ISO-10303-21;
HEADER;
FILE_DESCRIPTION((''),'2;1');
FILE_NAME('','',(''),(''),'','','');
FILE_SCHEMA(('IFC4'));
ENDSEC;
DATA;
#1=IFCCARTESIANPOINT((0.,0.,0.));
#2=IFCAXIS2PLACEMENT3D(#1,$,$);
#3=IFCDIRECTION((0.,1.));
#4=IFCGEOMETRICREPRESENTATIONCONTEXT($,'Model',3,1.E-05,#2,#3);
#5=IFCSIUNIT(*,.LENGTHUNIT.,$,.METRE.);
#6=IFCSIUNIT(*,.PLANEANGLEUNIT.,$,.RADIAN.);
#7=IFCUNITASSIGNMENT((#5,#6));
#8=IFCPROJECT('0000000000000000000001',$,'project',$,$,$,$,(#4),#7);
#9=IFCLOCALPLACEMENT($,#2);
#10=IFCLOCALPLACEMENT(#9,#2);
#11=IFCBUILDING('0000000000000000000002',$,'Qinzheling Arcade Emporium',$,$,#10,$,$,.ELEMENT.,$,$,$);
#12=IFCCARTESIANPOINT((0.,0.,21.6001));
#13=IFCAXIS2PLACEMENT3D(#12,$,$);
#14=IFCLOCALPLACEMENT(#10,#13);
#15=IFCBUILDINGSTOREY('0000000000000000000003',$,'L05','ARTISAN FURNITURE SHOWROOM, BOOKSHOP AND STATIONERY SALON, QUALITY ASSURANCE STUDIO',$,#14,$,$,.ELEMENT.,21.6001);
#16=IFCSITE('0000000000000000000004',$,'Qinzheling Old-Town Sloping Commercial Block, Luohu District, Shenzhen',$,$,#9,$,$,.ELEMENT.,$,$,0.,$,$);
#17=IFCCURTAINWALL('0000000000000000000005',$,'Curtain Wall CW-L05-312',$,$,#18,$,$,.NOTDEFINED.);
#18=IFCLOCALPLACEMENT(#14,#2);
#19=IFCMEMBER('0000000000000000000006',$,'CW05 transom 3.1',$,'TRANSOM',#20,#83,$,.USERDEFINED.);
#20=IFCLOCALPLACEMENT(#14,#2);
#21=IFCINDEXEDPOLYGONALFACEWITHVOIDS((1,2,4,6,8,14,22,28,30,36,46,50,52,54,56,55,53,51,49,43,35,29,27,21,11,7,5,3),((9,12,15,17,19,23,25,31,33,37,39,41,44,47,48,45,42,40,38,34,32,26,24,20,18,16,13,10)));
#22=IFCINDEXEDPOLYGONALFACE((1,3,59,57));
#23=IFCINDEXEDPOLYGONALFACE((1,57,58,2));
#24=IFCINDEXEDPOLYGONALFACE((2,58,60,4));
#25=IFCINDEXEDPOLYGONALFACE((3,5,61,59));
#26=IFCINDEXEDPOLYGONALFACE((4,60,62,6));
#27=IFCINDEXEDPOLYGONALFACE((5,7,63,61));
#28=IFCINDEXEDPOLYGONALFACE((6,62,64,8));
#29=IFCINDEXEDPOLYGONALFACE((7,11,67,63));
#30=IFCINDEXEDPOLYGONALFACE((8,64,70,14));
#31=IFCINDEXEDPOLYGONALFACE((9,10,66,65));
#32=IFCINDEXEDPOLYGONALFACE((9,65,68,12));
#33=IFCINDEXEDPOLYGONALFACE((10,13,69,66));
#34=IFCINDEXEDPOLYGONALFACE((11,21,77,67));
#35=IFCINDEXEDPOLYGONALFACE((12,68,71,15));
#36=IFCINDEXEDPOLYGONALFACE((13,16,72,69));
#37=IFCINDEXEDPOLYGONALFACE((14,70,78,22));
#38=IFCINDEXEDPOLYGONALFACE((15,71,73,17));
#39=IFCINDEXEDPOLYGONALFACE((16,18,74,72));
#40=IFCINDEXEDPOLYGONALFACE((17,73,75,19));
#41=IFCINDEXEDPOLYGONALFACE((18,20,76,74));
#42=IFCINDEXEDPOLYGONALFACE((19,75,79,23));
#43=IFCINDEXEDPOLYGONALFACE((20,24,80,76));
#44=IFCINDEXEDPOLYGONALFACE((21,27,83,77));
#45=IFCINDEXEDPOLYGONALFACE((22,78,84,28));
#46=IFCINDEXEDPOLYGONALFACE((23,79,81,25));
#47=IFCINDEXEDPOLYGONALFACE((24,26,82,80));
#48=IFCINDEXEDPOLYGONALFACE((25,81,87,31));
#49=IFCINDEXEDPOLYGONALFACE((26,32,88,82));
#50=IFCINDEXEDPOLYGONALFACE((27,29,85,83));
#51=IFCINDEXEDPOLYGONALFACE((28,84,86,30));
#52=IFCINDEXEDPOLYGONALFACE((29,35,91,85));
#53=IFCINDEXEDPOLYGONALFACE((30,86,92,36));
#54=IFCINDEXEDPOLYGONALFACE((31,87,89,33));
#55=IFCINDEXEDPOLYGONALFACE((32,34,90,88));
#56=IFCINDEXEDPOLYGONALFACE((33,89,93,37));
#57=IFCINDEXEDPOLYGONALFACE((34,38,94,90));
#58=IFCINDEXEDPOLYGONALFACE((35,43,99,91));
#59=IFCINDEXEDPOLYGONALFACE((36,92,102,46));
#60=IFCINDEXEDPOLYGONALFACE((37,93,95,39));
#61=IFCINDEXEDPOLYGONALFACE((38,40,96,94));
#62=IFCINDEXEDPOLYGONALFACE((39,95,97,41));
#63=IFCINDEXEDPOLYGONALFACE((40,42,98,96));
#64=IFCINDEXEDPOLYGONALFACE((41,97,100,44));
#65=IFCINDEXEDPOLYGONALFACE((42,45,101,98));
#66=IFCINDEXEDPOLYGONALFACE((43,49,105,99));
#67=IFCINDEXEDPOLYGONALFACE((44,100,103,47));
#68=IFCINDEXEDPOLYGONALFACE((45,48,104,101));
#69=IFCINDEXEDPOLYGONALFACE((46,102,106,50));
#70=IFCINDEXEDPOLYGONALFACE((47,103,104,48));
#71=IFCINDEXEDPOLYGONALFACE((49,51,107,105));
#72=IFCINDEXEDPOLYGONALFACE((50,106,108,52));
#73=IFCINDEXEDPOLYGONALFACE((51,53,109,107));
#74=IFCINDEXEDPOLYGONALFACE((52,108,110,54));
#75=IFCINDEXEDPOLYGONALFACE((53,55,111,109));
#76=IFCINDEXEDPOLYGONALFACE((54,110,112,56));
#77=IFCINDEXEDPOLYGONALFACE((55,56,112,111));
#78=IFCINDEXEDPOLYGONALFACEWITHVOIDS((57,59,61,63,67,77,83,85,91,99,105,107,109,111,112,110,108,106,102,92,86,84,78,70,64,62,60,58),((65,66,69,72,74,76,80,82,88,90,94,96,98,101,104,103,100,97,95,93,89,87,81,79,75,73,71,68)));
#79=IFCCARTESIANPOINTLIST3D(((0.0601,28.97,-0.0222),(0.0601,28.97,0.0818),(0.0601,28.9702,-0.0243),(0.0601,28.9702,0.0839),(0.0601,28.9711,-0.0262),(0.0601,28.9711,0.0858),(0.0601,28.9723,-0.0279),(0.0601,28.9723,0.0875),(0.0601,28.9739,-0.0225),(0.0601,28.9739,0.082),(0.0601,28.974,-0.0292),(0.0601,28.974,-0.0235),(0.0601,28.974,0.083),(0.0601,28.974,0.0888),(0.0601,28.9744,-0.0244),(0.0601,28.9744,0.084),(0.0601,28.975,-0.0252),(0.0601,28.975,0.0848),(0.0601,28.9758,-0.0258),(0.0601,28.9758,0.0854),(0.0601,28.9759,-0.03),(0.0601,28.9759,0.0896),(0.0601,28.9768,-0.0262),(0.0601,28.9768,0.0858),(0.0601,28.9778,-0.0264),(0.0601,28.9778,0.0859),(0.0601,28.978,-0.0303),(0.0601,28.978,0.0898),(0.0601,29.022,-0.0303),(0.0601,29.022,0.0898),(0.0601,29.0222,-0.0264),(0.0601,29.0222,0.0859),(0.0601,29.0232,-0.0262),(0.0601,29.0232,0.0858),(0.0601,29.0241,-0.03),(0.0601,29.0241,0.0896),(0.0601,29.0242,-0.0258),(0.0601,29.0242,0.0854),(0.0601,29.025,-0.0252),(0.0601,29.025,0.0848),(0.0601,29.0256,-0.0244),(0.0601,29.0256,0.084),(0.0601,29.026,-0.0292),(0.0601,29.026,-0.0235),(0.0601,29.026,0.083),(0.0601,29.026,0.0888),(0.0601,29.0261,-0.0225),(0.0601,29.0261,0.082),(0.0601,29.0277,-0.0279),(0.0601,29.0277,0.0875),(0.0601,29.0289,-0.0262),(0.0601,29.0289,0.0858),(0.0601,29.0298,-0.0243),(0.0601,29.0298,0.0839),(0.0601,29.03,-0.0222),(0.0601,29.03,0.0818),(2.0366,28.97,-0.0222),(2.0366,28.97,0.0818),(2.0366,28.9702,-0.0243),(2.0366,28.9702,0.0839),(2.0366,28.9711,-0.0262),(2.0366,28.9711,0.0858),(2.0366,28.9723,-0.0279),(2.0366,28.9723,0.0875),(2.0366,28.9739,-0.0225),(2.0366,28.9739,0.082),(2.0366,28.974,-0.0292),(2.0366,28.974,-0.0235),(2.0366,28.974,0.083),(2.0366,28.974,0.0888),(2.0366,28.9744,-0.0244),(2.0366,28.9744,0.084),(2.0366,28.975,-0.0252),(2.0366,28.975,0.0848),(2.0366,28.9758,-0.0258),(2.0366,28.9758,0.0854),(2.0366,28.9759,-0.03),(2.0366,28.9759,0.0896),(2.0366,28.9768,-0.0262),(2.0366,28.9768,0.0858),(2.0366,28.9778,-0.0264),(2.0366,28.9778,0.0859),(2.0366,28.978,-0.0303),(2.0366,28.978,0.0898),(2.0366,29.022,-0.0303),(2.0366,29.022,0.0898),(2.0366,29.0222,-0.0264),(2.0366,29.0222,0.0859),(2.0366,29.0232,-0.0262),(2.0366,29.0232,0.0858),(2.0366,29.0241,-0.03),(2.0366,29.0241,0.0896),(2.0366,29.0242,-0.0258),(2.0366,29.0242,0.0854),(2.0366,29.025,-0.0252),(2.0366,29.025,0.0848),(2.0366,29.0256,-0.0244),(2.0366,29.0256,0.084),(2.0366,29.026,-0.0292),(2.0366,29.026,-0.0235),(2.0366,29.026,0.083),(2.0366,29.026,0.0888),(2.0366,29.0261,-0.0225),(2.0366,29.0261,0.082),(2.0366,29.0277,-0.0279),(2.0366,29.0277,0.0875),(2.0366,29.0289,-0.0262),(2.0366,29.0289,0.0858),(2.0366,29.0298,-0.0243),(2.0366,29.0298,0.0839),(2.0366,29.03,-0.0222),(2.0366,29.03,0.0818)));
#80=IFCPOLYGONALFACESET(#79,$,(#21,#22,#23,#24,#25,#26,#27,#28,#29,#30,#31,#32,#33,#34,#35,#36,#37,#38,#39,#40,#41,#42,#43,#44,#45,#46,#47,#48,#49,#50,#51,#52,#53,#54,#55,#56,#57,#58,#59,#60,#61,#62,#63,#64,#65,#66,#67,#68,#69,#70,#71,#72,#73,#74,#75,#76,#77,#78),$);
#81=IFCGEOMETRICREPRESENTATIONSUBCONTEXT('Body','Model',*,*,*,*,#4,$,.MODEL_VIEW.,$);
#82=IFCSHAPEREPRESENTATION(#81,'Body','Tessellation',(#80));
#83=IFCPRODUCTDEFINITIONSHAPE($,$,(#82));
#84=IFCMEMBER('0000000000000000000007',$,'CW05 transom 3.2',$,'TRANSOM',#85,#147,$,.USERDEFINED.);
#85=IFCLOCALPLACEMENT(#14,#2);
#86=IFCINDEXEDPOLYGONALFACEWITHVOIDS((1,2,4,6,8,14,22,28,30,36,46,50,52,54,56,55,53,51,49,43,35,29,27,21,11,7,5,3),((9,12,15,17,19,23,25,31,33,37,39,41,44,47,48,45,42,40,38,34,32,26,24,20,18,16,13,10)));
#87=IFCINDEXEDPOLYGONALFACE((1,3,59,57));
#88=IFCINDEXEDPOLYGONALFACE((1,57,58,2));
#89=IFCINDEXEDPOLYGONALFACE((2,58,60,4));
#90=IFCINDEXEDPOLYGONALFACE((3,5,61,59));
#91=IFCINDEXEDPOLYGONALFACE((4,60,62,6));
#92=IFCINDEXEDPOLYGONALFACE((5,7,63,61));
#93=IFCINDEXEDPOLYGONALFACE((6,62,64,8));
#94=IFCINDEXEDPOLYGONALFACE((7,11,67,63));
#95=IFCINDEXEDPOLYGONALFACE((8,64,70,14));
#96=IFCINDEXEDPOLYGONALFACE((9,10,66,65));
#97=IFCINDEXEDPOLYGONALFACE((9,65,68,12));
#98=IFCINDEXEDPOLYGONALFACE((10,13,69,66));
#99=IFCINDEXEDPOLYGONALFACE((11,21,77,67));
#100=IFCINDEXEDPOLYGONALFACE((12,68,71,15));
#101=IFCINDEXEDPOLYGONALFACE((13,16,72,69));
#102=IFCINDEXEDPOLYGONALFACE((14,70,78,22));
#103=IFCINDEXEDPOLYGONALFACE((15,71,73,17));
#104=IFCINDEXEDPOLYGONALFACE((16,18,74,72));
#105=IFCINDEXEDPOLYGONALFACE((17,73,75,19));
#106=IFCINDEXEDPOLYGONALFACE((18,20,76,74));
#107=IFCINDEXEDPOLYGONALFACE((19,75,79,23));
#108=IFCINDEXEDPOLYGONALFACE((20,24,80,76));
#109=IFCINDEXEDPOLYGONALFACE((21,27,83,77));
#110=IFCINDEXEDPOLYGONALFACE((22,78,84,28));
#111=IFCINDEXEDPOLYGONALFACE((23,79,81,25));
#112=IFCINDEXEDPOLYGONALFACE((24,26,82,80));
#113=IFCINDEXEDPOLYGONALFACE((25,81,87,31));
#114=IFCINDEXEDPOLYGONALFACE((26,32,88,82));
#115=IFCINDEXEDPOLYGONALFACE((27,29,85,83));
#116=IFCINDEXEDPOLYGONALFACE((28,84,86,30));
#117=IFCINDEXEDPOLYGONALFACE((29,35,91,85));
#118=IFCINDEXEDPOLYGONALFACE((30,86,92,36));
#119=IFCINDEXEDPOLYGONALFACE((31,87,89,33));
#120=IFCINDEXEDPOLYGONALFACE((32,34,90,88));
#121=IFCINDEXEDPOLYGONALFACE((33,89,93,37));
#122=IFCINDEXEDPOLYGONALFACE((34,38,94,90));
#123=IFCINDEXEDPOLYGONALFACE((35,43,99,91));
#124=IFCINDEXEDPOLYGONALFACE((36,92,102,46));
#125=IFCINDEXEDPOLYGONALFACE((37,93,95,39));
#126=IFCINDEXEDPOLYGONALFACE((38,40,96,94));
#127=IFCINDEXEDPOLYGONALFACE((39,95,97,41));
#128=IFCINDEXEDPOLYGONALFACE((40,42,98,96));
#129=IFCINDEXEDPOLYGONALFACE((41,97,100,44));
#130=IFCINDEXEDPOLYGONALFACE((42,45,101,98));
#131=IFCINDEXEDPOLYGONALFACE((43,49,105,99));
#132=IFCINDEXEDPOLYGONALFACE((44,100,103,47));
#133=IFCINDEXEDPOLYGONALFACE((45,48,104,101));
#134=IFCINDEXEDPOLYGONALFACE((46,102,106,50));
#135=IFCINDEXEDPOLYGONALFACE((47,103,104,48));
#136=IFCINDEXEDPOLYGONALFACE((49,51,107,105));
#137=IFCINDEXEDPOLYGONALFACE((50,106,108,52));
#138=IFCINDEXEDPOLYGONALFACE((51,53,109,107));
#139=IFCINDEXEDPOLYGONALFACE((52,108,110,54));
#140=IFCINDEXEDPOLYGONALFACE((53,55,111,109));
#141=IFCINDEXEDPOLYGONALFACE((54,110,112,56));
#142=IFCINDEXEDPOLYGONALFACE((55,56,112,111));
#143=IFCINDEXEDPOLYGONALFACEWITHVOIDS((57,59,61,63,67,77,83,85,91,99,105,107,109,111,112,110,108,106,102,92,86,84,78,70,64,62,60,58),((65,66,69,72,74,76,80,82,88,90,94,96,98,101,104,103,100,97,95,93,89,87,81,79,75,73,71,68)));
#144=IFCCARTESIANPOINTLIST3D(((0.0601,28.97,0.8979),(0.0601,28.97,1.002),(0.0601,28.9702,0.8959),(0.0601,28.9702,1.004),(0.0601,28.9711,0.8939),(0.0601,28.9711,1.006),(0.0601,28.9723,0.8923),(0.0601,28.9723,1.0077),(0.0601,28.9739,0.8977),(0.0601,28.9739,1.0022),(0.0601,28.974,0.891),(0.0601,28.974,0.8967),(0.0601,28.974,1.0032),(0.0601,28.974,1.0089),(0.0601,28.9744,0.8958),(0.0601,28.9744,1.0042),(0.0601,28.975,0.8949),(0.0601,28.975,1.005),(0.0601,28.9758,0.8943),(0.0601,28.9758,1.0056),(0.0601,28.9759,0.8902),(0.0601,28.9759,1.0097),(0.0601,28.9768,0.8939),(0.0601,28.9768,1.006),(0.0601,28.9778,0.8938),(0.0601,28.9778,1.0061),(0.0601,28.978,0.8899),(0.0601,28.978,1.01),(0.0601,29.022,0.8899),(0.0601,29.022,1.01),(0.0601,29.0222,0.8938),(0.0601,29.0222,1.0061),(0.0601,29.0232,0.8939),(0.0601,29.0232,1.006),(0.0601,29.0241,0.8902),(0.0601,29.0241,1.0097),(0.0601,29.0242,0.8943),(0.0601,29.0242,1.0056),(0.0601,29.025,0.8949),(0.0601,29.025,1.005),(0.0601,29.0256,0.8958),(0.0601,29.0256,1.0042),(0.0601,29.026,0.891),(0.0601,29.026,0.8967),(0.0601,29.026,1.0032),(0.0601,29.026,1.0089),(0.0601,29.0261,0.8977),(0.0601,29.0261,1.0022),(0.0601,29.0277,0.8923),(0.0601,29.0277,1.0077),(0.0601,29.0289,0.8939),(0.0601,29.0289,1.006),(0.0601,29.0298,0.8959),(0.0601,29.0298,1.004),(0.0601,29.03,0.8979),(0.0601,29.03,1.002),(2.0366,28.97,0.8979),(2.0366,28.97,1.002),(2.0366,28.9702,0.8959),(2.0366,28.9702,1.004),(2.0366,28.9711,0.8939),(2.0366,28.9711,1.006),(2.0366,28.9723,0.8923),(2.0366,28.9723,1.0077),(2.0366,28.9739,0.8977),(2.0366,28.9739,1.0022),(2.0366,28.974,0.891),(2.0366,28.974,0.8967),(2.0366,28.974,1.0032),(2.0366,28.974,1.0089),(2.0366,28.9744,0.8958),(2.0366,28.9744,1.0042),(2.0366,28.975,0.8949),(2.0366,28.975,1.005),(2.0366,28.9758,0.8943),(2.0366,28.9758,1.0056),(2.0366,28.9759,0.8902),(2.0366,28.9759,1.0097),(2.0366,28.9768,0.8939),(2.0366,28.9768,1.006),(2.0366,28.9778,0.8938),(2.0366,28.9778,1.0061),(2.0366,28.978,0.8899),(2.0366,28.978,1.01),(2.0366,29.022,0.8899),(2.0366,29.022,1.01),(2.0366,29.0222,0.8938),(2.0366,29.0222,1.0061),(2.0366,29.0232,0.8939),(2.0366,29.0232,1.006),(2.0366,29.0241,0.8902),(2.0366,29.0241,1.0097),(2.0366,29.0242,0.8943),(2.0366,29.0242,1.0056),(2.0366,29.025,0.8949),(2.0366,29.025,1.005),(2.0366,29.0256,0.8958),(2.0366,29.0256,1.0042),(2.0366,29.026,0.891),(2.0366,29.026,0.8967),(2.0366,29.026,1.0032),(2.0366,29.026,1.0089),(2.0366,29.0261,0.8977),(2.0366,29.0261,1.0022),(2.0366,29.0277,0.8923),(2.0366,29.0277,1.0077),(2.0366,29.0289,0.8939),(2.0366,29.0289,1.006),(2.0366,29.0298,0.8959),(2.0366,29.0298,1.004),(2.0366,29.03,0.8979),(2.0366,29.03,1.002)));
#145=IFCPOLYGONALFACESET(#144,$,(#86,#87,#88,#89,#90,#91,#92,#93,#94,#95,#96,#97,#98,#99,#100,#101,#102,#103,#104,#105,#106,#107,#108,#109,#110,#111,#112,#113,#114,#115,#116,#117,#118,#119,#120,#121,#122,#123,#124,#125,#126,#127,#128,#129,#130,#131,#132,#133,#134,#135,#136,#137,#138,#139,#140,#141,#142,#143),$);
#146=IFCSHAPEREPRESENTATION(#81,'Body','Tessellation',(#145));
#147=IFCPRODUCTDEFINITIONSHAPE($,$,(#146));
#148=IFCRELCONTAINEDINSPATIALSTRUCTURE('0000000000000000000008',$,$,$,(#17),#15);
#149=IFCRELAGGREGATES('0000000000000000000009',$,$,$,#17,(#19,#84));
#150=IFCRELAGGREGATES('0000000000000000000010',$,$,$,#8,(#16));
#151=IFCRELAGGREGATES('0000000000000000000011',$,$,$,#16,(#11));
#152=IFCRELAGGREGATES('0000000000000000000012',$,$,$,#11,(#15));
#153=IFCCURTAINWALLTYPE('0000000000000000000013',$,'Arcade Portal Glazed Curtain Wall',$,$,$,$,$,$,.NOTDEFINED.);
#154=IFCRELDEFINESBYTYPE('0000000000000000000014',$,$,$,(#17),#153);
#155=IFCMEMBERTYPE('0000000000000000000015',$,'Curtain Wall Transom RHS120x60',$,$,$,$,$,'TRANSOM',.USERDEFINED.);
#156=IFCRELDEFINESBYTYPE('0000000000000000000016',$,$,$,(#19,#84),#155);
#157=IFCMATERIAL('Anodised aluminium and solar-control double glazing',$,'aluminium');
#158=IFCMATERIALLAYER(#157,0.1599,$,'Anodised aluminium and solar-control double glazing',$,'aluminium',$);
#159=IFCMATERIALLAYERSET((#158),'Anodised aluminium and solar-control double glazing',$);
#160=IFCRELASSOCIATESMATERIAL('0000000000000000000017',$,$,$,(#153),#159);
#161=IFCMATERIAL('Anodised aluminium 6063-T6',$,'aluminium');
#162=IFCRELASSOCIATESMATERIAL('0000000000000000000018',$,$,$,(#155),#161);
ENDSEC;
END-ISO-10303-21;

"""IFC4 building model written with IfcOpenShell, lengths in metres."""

from ifc_helpers import new_model, si_unit, direction, frame, origin, origin_2d, place, context, subcontext, project, spatial, hollow_rectangle, extrude, material, layer, layer_set, material_profile, profile_set, type_object, element, aggregate, save


model = new_model("IFC4")

# Units and contexts
model_context = context("Model", 3, precision=1e-05, world=origin(), true_north=direction((0.0, 1.0)))
body_context = subcontext(model_context, "Body", "Model", "MODEL_VIEW")
ifc_project = project(units=[si_unit("LENGTHUNIT", "METRE"), si_unit("PLANEANGLEUNIT", "RADIAN")], contexts=[model_context])

# Site, building, storey
site_placement = place(None, origin())
site = spatial("IfcSite", under=ifc_project, at=site_placement, Name="Qinzheling Old-Town Sloping Commercial Block, Luohu District, Shenzhen", CompositionType="ELEMENT", RefElevation=0.0)
building_placement = place(site_placement, origin())
building = spatial("IfcBuilding", under=site, at=building_placement, Name="Qinzheling Arcade Emporium", CompositionType="ELEMENT")
storey_placement = place(building_placement, frame((0.0, 0.0, 21.6001)))
storey = spatial("IfcBuildingStorey", under=building, at=storey_placement, Name="L05", Description="ARTISAN FURNITURE SHOWROOM, BOOKSHOP AND STATIONERY SALON, QUALITY ASSURANCE STUDIO", CompositionType="ELEMENT", Elevation=21.6001)

# Shared definitions
ifc_material_1 = material(Name="Anodised aluminium and solar-control double glazing", Category="aluminium")
ifc_material_2 = material(Name="Anodised aluminium 6063-T6", Category="aluminium")

# Curtain wall
ifc_layer_1 = layer(ifc_material_1, 0.1599, Name="Anodised aluminium and solar-control double glazing", Category="aluminium")
ifc_layer_set_1 = layer_set([ifc_layer_1], Name="Anodised aluminium and solar-control double glazing")
curtain_wall_type_1 = type_object("IfcCurtainWallType", Name="Arcade Portal Glazed Curtain Wall", PredefinedType="NOTDEFINED", material=ifc_layer_set_1)
curtain_wall_1_placement = place(storey_placement, origin())
curtain_wall_1 = element("IfcCurtainWall", 1, at=curtain_wall_1_placement, inside=storey, type_object=curtain_wall_type_1, Name="Curtain Wall CW-L05-312", PredefinedType="NOTDEFINED")

# Members
ifc_material_profile_1 = material_profile(ifc_material_2, hollow_rectangle(XDim=0.0601, YDim=0.1201, WallThickness=0.0039, InnerFilletRadius=0.0039, OuterFilletRadius=0.0081, at=origin_2d()), Name="RHS 120x60x4", Category="aluminium")
ifc_profile_set_1 = profile_set([ifc_material_profile_1], Name="Anodised aluminium 6063-T6")
member_type_1 = type_object("IfcMemberType", Name="Curtain Wall Transom RHS120x60", ElementType="TRANSOM", PredefinedType="USERDEFINED", material=ifc_profile_set_1)
member_1_placement = place(storey_placement, frame((2.0366, 29.0, 0.0298), z_axis=(-1.0, 0.0, 0.0), x_axis=(0.0, -1.0, 0.0)))
member_1 = element("IfcMember", 2, at=member_1_placement, type_object=member_type_1, Name="CW05 transom 3.1", ObjectType="TRANSOM", PredefinedType="USERDEFINED", context=body_context, shape_type="SweptSolid", body=[
    extrude(hollow_rectangle(XDim=0.0601, YDim=0.1201, WallThickness=0.0039, InnerFilletRadius=0.0039, OuterFilletRadius=0.0081, at=origin_2d()), origin(), (0.0, 0.0, 1.0), 1.9766),
])
member_2_placement = place(storey_placement, frame((2.0366, 29.0, 0.95), z_axis=(-1.0, 0.0, 0.0), x_axis=(0.0, -1.0, 0.0)))
member_2 = element("IfcMember", 3, at=member_2_placement, type_object=member_type_1, Name="CW05 transom 3.2", ObjectType="TRANSOM", PredefinedType="USERDEFINED", context=body_context, shape_type="SweptSolid", body=[
    extrude(hollow_rectangle(XDim=0.0601, YDim=0.1201, WallThickness=0.0039, InnerFilletRadius=0.0039, OuterFilletRadius=0.0081, at=origin_2d()), origin(), (0.0, 0.0, 1.0), 1.9766),
])

aggregate(curtain_wall_1, [member_1, member_2])

save(model, "model.ifc")
